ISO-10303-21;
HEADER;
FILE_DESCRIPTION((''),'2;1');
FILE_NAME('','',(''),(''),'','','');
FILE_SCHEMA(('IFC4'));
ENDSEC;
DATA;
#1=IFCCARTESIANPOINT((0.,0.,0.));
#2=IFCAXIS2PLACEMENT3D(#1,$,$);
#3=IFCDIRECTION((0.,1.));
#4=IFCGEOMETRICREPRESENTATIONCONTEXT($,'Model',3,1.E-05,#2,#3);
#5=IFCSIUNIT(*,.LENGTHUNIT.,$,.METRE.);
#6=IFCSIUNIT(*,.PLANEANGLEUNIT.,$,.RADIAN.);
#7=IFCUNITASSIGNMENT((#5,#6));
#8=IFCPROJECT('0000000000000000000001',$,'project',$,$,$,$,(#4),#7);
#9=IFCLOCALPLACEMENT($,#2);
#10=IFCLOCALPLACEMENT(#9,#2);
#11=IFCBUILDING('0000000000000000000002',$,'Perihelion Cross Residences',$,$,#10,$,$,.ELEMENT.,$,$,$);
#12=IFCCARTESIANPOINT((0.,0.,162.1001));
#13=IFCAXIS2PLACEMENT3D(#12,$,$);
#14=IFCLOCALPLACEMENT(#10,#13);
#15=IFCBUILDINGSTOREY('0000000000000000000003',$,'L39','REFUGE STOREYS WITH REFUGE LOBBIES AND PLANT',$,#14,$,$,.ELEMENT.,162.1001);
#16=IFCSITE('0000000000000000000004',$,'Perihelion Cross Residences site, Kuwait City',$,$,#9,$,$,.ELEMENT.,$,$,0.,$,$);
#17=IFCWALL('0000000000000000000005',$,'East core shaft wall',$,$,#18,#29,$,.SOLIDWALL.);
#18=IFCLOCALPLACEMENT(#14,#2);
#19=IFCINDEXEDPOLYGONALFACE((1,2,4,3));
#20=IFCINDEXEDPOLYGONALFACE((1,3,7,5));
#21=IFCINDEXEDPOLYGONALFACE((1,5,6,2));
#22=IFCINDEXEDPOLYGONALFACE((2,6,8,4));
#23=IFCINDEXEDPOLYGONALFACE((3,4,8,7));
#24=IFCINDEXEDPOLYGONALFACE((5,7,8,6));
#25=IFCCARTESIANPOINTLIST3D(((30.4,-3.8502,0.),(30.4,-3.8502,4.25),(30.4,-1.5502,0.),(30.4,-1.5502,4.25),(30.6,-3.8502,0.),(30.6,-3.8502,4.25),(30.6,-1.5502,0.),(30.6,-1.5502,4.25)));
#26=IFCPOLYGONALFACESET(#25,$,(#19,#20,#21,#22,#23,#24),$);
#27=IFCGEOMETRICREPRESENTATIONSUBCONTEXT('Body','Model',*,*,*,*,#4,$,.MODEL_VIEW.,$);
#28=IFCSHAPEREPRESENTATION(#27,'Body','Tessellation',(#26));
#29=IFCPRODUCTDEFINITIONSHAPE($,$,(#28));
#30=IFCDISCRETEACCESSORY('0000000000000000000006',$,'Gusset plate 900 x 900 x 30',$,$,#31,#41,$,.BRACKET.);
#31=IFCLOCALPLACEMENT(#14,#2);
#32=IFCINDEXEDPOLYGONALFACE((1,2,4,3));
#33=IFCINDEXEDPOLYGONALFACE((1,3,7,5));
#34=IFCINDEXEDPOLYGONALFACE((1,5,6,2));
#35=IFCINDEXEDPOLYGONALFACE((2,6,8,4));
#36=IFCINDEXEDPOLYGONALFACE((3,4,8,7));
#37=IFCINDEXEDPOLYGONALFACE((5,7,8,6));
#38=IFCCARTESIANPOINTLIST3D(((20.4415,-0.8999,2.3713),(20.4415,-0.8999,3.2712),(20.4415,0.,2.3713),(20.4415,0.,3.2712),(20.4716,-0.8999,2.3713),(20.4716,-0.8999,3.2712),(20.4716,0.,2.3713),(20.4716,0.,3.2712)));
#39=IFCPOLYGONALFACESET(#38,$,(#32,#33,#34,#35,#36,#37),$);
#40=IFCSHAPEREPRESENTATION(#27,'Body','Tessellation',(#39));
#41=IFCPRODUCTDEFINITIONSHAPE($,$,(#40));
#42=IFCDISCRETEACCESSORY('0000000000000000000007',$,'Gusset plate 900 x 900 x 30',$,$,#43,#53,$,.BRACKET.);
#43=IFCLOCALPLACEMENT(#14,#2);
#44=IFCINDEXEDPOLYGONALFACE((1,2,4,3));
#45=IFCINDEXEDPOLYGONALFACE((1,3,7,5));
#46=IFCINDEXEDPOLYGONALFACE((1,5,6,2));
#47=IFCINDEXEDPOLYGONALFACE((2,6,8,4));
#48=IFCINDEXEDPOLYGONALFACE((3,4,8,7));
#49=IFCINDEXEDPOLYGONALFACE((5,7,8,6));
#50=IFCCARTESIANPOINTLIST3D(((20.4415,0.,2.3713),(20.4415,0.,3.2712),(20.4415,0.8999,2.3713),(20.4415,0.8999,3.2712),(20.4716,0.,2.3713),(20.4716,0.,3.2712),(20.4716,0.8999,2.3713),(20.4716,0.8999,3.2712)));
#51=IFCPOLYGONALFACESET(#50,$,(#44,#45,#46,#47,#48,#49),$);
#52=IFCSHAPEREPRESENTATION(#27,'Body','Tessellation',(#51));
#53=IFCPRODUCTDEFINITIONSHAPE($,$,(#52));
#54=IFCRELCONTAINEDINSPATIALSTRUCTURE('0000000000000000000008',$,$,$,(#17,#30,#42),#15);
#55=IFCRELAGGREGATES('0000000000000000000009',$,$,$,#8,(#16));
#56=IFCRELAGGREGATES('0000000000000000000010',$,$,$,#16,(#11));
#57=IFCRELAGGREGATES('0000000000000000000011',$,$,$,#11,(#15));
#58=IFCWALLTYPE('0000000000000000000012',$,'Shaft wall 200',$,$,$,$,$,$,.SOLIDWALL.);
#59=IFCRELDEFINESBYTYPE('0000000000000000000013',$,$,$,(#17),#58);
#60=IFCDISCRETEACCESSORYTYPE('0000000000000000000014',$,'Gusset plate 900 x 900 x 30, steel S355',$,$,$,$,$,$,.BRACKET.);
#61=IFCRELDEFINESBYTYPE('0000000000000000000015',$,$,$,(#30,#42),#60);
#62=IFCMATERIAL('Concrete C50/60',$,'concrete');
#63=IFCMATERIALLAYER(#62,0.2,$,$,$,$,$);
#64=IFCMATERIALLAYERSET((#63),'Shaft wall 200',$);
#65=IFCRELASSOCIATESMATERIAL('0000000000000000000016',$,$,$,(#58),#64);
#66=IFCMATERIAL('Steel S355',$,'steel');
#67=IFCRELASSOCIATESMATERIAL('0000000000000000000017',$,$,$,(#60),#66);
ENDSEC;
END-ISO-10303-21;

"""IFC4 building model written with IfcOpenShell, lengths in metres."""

from ifc_helpers import new_model, si_unit, direction, frame, frame_2d, origin, origin_2d, place, context, subcontext, project, spatial, rectangle, extrude, material, layer, layer_set, type_object, element, save


model = new_model("IFC4")

# Units and contexts
model_context = context("Model", 3, precision=1e-05, world=origin(), true_north=direction((0.0, 1.0)))
body_context = subcontext(model_context, "Body", "Model", "MODEL_VIEW")
ifc_project = project(units=[si_unit("LENGTHUNIT", "METRE"), si_unit("PLANEANGLEUNIT", "RADIAN")], contexts=[model_context])

# Site, building, storey
site_placement = place(None, origin())
site = spatial("IfcSite", under=ifc_project, at=site_placement, Name="Perihelion Cross Residences site, Kuwait City", CompositionType="ELEMENT", RefElevation=0.0)
building_placement = place(site_placement, origin())
building = spatial("IfcBuilding", under=site, at=building_placement, Name="Perihelion Cross Residences", CompositionType="ELEMENT")
storey_placement = place(building_placement, frame((0.0, 0.0, 162.1001)))
storey = spatial("IfcBuildingStorey", under=building, at=storey_placement, Name="L39", Description="REFUGE STOREYS WITH REFUGE LOBBIES AND PLANT", CompositionType="ELEMENT", Elevation=162.1001)

# Shared definitions
ifc_material_1 = material(Name="Concrete C50/60", Category="concrete")
ifc_layer_1 = layer(ifc_material_1, 0.2)
ifc_layer_set_1 = layer_set([ifc_layer_1], Name="Shaft wall 200")
wall_type_1 = type_object("IfcWallType", Name="Shaft wall 200", PredefinedType="SOLIDWALL", material=ifc_layer_set_1)

# Wall
for number, where, z_axis, x_axis, name in (
    (1, (30.5, -3.8501, 0.0), (0.0, 0.0, 1.0), (0.0, 1.0, 0.0), "East core shaft wall"),
):
    element("IfcWall", number, at=place(storey_placement, frame(where, z_axis=z_axis, x_axis=x_axis)), inside=storey, type_object=wall_type_1, Name=name, PredefinedType="SOLIDWALL", context=body_context, shape_type="SweptSolid", body=[
        extrude(rectangle(XDim=2.3, YDim=0.2, at=frame_2d((1.1499, 0.0))), origin(), (0.0, 0.0, 1.0), 4.25),
    ])

# Discrete accessories
ifc_material_2 = material(Name="Steel S355", Category="steel")
discrete_accessory_type = type_object("IfcDiscreteAccessoryType", Name="Gusset plate 900 x 900 x 30, steel S355", PredefinedType="BRACKET", material=ifc_material_2)
for number, where, z_axis, x_axis, name in (
    (2, (20.4565, -0.45, 2.3713), (0.0, 0.0, 1.0), (0.0, -1.0, 0.0), "Gusset plate 900 x 900 x 30"),
    (3, (20.4565, 0.45, 2.3713), (0.0, 0.0, 1.0), (0.0, 1.0, 0.0), "Gusset plate 900 x 900 x 30"),
):
    element("IfcDiscreteAccessory", number, at=place(storey_placement, frame(where, z_axis=z_axis, x_axis=x_axis)), inside=storey, type_object=discrete_accessory_type, Name=name, PredefinedType="BRACKET", context=body_context, shape_type="SweptSolid", body=[
        extrude(rectangle(XDim=0.8999, YDim=0.03, at=origin_2d()), origin(), (0.0, 0.0, 1.0), 0.8999),
    ])

save(model, "model.ifc")
